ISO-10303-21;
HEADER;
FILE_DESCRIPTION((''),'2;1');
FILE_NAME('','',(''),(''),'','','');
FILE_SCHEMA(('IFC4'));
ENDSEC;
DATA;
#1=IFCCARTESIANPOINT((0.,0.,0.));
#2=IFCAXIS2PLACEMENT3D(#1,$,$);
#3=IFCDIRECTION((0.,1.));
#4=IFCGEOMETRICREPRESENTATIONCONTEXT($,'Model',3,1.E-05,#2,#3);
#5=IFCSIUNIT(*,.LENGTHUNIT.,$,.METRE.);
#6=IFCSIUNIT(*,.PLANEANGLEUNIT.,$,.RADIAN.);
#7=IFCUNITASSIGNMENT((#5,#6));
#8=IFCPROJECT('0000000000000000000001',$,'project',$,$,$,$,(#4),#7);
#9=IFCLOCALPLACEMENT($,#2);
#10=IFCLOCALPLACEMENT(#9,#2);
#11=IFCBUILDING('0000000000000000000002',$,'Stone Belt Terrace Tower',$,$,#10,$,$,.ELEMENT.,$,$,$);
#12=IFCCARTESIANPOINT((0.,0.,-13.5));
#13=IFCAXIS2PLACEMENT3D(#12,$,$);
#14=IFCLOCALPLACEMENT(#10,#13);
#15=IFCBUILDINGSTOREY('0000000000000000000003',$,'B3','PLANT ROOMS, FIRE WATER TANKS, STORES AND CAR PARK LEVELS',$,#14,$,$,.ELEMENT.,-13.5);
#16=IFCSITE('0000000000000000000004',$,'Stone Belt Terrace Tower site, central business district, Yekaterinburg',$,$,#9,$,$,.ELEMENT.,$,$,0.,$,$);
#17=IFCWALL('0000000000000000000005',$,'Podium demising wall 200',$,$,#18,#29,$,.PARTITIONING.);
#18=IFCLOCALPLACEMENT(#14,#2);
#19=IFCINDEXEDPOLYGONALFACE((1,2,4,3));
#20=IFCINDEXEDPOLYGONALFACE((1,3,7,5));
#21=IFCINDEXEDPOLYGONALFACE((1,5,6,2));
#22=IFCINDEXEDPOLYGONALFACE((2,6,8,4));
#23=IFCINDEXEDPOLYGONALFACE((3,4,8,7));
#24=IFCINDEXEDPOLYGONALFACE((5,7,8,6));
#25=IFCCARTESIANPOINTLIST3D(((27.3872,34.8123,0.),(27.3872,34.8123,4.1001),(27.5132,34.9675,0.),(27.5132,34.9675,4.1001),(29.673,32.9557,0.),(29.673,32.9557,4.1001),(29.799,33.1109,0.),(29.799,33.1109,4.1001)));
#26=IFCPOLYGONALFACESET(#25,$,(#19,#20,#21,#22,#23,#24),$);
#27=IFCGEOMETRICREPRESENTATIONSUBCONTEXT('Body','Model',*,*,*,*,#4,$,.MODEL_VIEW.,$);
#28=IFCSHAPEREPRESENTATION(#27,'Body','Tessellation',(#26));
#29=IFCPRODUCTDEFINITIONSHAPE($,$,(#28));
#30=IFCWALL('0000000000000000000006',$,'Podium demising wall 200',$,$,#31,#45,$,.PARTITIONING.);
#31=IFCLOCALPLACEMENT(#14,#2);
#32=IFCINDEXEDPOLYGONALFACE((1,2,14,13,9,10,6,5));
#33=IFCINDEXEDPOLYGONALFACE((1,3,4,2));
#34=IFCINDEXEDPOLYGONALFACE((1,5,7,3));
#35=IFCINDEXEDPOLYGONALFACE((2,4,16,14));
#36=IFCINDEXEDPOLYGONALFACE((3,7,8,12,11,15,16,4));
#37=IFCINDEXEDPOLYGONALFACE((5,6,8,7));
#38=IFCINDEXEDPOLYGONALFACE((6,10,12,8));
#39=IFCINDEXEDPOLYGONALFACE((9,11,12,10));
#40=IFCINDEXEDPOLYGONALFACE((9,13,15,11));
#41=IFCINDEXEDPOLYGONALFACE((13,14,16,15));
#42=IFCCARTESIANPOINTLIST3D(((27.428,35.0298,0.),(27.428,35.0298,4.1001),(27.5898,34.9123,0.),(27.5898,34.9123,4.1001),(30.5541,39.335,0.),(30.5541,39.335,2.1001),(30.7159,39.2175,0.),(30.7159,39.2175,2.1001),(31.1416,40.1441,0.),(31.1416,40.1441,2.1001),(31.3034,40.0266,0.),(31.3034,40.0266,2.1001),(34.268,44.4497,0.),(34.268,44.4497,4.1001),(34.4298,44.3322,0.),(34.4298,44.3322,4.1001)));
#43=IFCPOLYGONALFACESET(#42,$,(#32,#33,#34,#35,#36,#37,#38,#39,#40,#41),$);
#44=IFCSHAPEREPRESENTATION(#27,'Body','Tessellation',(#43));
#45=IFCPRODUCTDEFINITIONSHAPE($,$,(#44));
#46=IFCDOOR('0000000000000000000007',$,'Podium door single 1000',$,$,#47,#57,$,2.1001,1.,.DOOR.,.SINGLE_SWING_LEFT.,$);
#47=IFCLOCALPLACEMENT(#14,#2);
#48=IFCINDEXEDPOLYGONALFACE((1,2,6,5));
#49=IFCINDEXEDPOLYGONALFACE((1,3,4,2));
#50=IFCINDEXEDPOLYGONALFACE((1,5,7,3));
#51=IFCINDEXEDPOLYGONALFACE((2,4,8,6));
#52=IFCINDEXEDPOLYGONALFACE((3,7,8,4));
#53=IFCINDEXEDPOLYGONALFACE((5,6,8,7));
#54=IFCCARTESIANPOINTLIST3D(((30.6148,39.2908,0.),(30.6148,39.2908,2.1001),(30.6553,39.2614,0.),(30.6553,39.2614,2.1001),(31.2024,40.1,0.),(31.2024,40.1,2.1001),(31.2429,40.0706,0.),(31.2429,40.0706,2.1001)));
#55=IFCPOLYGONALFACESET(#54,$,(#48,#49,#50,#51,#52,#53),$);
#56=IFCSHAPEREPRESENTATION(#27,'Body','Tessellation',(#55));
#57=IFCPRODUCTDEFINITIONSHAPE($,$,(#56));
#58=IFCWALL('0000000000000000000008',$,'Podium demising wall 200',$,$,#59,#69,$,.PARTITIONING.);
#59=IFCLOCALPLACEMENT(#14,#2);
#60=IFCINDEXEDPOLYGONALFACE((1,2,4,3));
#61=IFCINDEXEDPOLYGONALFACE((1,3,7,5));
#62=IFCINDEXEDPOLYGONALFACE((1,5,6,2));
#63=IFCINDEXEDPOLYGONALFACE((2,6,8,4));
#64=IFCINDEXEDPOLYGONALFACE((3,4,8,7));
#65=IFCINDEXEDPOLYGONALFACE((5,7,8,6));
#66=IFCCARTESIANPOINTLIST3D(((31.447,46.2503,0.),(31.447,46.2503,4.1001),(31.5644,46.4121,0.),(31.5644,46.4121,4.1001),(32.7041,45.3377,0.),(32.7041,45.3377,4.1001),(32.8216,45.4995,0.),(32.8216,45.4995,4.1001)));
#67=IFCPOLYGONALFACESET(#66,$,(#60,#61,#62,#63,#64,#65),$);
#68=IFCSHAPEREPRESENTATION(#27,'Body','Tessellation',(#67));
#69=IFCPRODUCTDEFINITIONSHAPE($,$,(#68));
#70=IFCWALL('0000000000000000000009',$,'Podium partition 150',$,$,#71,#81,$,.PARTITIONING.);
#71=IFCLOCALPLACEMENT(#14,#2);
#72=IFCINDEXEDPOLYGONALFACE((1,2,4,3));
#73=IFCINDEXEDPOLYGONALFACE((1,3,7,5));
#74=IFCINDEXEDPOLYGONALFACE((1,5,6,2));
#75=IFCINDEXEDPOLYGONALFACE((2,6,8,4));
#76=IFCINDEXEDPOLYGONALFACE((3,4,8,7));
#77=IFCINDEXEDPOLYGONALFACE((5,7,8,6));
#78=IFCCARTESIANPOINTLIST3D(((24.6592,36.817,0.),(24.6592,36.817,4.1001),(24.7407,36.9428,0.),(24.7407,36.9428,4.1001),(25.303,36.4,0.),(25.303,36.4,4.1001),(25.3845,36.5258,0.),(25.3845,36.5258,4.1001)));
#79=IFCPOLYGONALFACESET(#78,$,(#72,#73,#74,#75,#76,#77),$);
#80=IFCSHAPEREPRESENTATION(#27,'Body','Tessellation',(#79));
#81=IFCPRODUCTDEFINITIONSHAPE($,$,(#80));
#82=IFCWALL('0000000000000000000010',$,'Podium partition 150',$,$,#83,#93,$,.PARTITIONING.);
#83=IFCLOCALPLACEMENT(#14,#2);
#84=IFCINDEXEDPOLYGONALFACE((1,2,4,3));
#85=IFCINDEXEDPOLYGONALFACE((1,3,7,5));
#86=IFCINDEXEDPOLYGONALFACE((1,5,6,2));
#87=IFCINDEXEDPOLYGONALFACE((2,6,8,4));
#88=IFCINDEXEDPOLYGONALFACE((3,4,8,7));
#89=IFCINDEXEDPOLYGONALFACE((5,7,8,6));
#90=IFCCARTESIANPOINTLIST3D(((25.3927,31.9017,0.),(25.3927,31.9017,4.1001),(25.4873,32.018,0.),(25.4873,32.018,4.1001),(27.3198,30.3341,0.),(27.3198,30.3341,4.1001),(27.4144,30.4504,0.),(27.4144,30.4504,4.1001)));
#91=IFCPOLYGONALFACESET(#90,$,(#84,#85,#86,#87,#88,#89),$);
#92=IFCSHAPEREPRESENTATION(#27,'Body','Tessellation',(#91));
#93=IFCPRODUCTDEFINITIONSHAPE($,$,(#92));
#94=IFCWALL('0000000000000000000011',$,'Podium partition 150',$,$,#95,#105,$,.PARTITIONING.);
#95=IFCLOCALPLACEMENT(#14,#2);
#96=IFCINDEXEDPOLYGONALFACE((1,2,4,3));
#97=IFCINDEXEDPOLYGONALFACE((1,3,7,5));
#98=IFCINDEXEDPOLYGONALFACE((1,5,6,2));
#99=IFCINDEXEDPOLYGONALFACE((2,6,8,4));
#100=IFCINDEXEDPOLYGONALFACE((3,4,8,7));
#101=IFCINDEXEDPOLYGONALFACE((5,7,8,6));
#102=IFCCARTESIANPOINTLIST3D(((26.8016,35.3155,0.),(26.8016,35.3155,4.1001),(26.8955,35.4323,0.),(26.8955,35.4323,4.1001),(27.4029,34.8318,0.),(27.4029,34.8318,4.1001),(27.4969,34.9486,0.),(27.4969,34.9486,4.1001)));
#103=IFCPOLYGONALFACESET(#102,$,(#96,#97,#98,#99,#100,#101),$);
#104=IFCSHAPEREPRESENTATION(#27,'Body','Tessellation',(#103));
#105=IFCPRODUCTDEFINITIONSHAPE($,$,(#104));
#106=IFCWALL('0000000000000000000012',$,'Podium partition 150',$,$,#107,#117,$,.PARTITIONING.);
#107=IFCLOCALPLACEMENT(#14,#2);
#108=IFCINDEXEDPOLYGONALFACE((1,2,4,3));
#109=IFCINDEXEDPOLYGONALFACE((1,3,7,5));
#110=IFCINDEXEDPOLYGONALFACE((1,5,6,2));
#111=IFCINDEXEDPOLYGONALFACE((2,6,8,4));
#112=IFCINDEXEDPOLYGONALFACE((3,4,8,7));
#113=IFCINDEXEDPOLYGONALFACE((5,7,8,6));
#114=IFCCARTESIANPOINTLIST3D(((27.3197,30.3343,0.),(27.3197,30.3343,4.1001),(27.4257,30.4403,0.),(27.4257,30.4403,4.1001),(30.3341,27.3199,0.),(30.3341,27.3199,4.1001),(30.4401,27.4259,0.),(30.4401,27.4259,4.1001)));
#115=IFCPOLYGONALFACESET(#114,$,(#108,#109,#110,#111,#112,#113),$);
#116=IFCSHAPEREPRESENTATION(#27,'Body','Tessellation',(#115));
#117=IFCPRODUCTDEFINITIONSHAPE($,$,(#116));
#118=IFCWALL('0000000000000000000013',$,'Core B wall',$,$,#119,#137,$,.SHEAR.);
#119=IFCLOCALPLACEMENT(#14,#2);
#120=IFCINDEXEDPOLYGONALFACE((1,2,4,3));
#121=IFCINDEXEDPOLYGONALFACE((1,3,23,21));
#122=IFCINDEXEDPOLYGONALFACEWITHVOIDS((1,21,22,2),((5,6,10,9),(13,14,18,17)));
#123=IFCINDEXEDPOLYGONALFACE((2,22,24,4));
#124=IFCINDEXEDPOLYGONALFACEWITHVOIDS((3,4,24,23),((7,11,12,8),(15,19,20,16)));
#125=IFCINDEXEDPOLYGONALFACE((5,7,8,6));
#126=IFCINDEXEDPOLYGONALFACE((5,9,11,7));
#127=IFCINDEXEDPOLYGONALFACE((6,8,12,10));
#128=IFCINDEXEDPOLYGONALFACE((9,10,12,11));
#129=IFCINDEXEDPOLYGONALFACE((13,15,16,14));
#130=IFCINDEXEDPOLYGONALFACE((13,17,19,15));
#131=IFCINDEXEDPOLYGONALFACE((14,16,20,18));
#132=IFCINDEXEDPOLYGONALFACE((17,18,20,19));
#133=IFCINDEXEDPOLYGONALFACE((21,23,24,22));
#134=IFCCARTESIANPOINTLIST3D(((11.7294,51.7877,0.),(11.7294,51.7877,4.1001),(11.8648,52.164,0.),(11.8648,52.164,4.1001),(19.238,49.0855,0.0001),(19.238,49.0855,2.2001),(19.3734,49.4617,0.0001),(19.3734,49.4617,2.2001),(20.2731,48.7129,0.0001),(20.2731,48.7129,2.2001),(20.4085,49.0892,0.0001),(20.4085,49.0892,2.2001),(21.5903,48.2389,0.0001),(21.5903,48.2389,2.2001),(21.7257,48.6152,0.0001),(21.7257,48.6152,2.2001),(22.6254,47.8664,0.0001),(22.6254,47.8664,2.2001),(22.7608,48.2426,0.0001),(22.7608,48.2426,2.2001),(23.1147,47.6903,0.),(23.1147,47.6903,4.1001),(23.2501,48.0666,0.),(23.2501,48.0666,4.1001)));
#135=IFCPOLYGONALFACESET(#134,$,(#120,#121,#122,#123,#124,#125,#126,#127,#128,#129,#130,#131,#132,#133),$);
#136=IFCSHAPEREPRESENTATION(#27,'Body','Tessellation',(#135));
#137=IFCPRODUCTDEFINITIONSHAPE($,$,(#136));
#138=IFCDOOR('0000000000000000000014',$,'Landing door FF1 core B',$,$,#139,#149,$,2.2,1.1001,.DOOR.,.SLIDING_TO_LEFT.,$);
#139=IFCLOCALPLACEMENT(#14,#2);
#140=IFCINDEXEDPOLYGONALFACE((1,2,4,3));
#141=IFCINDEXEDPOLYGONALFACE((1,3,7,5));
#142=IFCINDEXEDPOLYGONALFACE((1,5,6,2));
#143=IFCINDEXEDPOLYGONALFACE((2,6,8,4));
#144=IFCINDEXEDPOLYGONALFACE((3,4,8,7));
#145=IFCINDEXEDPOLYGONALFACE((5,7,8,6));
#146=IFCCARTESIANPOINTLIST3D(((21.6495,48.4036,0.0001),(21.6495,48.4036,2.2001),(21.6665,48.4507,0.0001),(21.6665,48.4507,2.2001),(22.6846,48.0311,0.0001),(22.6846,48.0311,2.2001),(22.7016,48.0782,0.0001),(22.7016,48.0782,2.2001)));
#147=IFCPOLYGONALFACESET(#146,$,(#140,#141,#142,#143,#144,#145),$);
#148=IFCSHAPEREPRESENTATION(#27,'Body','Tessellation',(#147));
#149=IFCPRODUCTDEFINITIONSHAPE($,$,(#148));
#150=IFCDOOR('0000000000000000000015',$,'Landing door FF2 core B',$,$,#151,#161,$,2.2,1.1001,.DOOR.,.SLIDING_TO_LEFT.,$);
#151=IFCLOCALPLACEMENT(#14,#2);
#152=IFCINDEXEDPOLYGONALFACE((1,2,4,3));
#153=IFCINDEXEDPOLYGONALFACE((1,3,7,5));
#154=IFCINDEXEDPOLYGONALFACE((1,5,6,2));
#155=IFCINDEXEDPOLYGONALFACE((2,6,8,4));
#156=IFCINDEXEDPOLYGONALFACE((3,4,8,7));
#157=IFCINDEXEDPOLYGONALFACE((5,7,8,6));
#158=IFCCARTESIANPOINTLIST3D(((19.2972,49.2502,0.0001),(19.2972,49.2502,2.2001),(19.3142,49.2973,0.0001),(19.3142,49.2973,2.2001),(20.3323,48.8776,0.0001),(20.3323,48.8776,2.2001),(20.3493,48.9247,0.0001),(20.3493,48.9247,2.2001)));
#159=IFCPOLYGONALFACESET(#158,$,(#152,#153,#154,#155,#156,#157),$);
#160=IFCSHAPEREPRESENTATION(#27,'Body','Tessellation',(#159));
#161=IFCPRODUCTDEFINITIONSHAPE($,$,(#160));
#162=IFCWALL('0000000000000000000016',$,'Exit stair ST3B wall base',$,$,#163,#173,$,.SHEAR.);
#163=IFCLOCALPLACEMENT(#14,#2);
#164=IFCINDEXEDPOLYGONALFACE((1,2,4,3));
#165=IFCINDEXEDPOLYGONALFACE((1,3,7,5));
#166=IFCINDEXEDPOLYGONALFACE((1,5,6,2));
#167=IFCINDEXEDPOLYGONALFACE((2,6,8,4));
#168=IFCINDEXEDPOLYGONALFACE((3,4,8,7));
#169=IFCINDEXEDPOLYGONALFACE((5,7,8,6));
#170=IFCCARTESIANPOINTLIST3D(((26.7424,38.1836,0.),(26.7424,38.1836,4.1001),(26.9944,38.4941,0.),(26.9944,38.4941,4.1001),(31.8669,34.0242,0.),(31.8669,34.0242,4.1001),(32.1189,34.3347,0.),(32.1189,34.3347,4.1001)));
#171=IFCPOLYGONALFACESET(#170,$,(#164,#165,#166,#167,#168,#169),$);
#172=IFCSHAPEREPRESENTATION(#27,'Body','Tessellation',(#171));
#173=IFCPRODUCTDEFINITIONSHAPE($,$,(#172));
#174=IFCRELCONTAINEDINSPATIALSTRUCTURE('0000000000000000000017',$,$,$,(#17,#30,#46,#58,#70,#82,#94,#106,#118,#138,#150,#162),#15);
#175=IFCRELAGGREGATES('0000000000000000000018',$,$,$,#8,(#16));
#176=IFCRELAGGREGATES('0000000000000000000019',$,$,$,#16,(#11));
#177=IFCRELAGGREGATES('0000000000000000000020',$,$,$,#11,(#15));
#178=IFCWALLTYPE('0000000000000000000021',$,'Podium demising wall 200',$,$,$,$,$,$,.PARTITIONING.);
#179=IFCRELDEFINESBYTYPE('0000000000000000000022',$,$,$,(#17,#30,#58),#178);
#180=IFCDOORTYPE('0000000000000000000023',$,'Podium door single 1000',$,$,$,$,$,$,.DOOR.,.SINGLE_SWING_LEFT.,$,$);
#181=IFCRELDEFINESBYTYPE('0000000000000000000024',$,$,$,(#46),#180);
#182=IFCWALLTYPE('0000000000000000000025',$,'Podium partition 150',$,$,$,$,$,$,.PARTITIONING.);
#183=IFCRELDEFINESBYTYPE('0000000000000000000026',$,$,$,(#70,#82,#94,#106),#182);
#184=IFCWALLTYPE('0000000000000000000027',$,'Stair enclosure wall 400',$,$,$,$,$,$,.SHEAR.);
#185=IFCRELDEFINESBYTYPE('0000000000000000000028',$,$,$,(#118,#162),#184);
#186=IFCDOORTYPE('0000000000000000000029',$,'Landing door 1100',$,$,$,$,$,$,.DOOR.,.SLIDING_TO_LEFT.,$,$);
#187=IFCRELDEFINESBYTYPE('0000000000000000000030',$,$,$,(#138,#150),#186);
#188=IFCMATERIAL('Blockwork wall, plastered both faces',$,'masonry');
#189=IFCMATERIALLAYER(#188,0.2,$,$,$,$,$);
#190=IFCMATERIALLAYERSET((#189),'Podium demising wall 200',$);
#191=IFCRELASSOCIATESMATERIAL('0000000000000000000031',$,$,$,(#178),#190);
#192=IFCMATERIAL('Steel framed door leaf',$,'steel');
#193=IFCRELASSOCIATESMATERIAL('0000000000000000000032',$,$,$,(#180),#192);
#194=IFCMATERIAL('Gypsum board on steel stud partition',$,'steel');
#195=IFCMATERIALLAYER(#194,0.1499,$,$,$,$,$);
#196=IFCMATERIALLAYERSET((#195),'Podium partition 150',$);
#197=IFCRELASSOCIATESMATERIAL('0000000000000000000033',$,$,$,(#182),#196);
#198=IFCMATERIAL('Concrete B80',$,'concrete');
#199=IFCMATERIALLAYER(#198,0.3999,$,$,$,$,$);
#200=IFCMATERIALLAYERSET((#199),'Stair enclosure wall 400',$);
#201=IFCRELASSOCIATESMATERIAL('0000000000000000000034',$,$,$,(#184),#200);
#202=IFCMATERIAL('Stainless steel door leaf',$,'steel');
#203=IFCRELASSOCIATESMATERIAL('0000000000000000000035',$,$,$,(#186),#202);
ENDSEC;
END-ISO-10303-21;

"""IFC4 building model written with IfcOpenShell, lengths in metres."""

from ifc_helpers import new_model, si_unit, direction, frame, frame_2d, origin, place, context, subcontext, project, spatial, rectangle, extrude, material, layer, layer_set, type_object, element, fill, save


model = new_model("IFC4")

# Units and contexts
model_context = context("Model", 3, precision=1e-05, world=origin(), true_north=direction((0.0, 1.0)))
body_context = subcontext(model_context, "Body", "Model", "MODEL_VIEW")
ifc_project = project(units=[si_unit("LENGTHUNIT", "METRE"), si_unit("PLANEANGLEUNIT", "RADIAN")], contexts=[model_context])

# Site, building, storey
site_placement = place(None, origin())
site = spatial("IfcSite", under=ifc_project, at=site_placement, Name="Stone Belt Terrace Tower site, central business district, Yekaterinburg", CompositionType="ELEMENT", RefElevation=0.0)
building_placement = place(site_placement, origin())
building = spatial("IfcBuilding", under=site, at=building_placement, Name="Stone Belt Terrace Tower", CompositionType="ELEMENT")
storey_placement = place(building_placement, frame((0.0, 0.0, -13.5)))
storey = spatial("IfcBuildingStorey", under=building, at=storey_placement, Name="B3", Description="PLANT ROOMS, FIRE WATER TANKS, STORES AND CAR PARK LEVELS", CompositionType="ELEMENT", Elevation=-13.5)

# Shared definitions
ifc_material_1 = material(Name="Concrete B80", Category="concrete")

# Wall
ifc_material_2 = material(Name="Blockwork wall, plastered both faces", Category="masonry")
ifc_layer_1 = layer(ifc_material_2, 0.2)
ifc_layer_set_1 = layer_set([ifc_layer_1], Name="Podium demising wall 200")
wall_type_1 = type_object("IfcWallType", Name="Podium demising wall 200", PredefinedType="PARTITIONING", material=ifc_layer_set_1)
wall_1_placement = place(storey_placement, frame((27.4502, 34.8899, 0.0), z_axis=(0.0, 0.0, 1.0), x_axis=(0.776213, -0.630471, 0.0)))
element("IfcWall", 1, at=wall_1_placement, inside=storey, type_object=wall_type_1, Name="Podium demising wall 200", PredefinedType="PARTITIONING", context=body_context, shape_type="SweptSolid", body=[
    extrude(rectangle(XDim=2.9448, YDim=0.2, at=frame_2d((1.4724, 0.0))), origin(), (0.0, 0.0, 1.0), 4.1001),
])

# Wall, opening, door
wall_2_placement = place(storey_placement, frame((27.5088, 34.9709, 0.0), z_axis=(0.0, 0.0, 1.0), x_axis=(0.587567, 0.809176, 0.0)))
wall_2 = element("IfcWall", 2, at=wall_2_placement, inside=storey, type_object=wall_type_1, Name="Podium demising wall 200", PredefinedType="PARTITIONING", context=body_context, shape_type="SweptSolid", body=[
    extrude(rectangle(XDim=11.6414, YDim=0.2, at=frame_2d((5.8208, 0.0))), origin(), (0.0, 0.0, 1.0), 4.1001),
])
opening_1_placement = place(wall_2_placement, frame((5.3206, 0.0, 0.0)))
opening_1 = element("IfcOpeningElement", 3, at=opening_1_placement, cuts=wall_2, PredefinedType="OPENING", context=body_context, shape_type="SweptSolid", body=[
    extrude(rectangle(XDim=1.0, YDim=2.1001, at=frame_2d((0.5, 1.05))), frame((0.0, 0.1099, 0.0), z_axis=(0.0, -1.0, 0.0), x_axis=(1.0, 0.0, 0.0)), (0.0, 0.0, 1.0), 0.22),
])
ifc_material_3 = material(Name="Steel framed door leaf", Category="steel")
door_type_1 = type_object("IfcDoorType", Name="Podium door single 1000", OperationType="SINGLE_SWING_LEFT", PredefinedType="DOOR", material=ifc_material_3)
door_1_placement = place(opening_1_placement, origin())
door_1 = element("IfcDoor", 4, at=door_1_placement, inside=storey, type_object=door_type_1, Name="Podium door single 1000", OperationType="SINGLE_SWING_LEFT", OverallHeight=2.1001, OverallWidth=1.0, PredefinedType="DOOR", context=body_context, shape_type="SweptSolid", body=[
    extrude(rectangle(XDim=1.0, YDim=2.1001, at=frame_2d((0.5, 1.05))), frame((0.0, 0.0249, 0.0), z_axis=(0.0, -1.0, 0.0), x_axis=(1.0, 0.0, 0.0)), (0.0, 0.0, 1.0), 0.05),
])
fill(opening_1, door_1)

# Walls
wall_3_placement = place(storey_placement, frame((31.5056, 46.3313, 0.0), z_axis=(0.0, 0.0, 1.0), x_axis=(0.809239, -0.58748, 0.0)))
element("IfcWall", 5, at=wall_3_placement, inside=storey, type_object=wall_type_1, Name="Podium demising wall 200", PredefinedType="PARTITIONING", context=body_context, shape_type="SweptSolid", body=[
    extrude(rectangle(XDim=1.5535, YDim=0.2, at=frame_2d((0.7769, 0.0))), origin(), (0.0, 0.0, 1.0), 4.1001),
])
ifc_material_4 = material(Name="Gypsum board on steel stud partition", Category="steel")
ifc_layer_2 = layer(ifc_material_4, 0.1499)
ifc_layer_set_2 = layer_set([ifc_layer_2], Name="Podium partition 150")
wall_type_2 = type_object("IfcWallType", Name="Podium partition 150", PredefinedType="PARTITIONING", material=ifc_layer_set_2)
wall_4_placement = place(storey_placement, frame((24.7, 36.8799, 0.0), z_axis=(0.0, 0.0, 1.0), x_axis=(0.839322, -0.543634, 0.0)))
element("IfcWall", 6, at=wall_4_placement, inside=storey, type_object=wall_type_2, Name="Podium partition 150", PredefinedType="PARTITIONING", context=body_context, shape_type="SweptSolid", body=[
    extrude(rectangle(XDim=0.7671, YDim=0.1499, at=frame_2d((0.3835, 0.0))), origin(), (0.0, 0.0, 1.0), 4.1001),
])
wall_5_placement = place(storey_placement, frame((25.4399, 31.96, 0.0), z_axis=(0.0, 0.0, 1.0), x_axis=(0.775732, -0.631062, 0.0)))
element("IfcWall", 7, at=wall_5_placement, inside=storey, type_object=wall_type_2, Name="Podium partition 150", PredefinedType="PARTITIONING", context=body_context, shape_type="SweptSolid", body=[
    extrude(rectangle(XDim=2.4841, YDim=0.1499, at=frame_2d((1.2422, 0.0))), origin(), (0.0, 0.0, 1.0), 4.1001),
])
wall_6_placement = place(storey_placement, frame((26.8486, 35.3738, 0.0), z_axis=(0.0, 0.0, 1.0), x_axis=(0.77923, -0.626738, 0.0)))
element("IfcWall", 8, at=wall_6_placement, inside=storey, type_object=wall_type_2, Name="Podium partition 150", PredefinedType="PARTITIONING", context=body_context, shape_type="SweptSolid", body=[
    extrude(rectangle(XDim=0.7717, YDim=0.1499, at=frame_2d((0.3857, 0.0))), origin(), (0.0, 0.0, 1.0), 4.1001),
])
wall_7_placement = place(storey_placement, frame((27.3728, 30.3872, 0.0), z_axis=(0.0, 0.0, 1.0), x_axis=(0.707107, -0.707107, 0.0)))
element("IfcWall", 9, at=wall_7_placement, inside=storey, type_object=wall_type_2, Name="Podium partition 150", PredefinedType="PARTITIONING", context=body_context, shape_type="SweptSolid", body=[
    extrude(rectangle(XDim=4.2629, YDim=0.1499, at=frame_2d((2.1313, 0.0))), origin(), (0.0, 0.0, 1.0), 4.1001),
])

# Wall, openings, doors
ifc_layer_3 = layer(ifc_material_1, 0.3999)
ifc_layer_set_3 = layer_set([ifc_layer_3], Name="Stair enclosure wall 400")
wall_type_3 = type_object("IfcWallType", Name="Stair enclosure wall 400", PredefinedType="SHEAR", material=ifc_layer_set_3)
wall_8_placement = place(storey_placement, frame((23.1824, 47.8784, 0.0), z_axis=(0.0, 0.0, 1.0), x_axis=(-0.940921, 0.338626, 0.0)))
wall_8 = element("IfcWall", 10, at=wall_8_placement, inside=storey, type_object=wall_type_3, Name="Core B wall", PredefinedType="SHEAR", context=body_context, shape_type="SweptSolid", body=[
    extrude(rectangle(XDim=12.1001, YDim=0.3999, at=frame_2d((6.05, 0.0))), origin(), (0.0, 0.0, 1.0), 4.1001),
])
opening_2_placement = place(wall_8_placement, frame((0.52, 0.0, 0.0)))
opening_2 = element("IfcOpeningElement", 11, at=opening_2_placement, cuts=wall_8, PredefinedType="OPENING", context=body_context, shape_type="SweptSolid", body=[
    extrude(rectangle(XDim=1.1001, YDim=2.2, at=frame_2d((0.55, 1.1001))), frame((0.0, 0.21, 0.0), z_axis=(0.0, -1.0, 0.0), x_axis=(1.0, 0.0, 0.0)), (0.0, 0.0, 1.0), 0.4199),
])
opening_3_placement = place(wall_8_placement, frame((3.02, 0.0, 0.0)))
opening_3 = element("IfcOpeningElement", 12, at=opening_3_placement, cuts=wall_8, PredefinedType="OPENING", context=body_context, shape_type="SweptSolid", body=[
    extrude(rectangle(XDim=1.1001, YDim=2.2, at=frame_2d((0.55, 1.1001))), frame((0.0, 0.21, 0.0), z_axis=(0.0, -1.0, 0.0), x_axis=(1.0, 0.0, 0.0)), (0.0, 0.0, 1.0), 0.4199),
])
ifc_material_5 = material(Name="Stainless steel door leaf", Category="steel")
door_type_2 = type_object("IfcDoorType", Name="Landing door 1100", OperationType="SLIDING_TO_LEFT", PredefinedType="DOOR", material=ifc_material_5)
door_2_placement = place(opening_2_placement, origin())
door_2 = element("IfcDoor", 13, at=door_2_placement, inside=storey, type_object=door_type_2, Name="Landing door FF1 core B", OperationType="SLIDING_TO_LEFT", OverallHeight=2.2, OverallWidth=1.1001, PredefinedType="DOOR", context=body_context, shape_type="SweptSolid", body=[
    extrude(rectangle(XDim=1.1001, YDim=2.2, at=frame_2d((0.55, 1.1001))), frame((0.0, 0.0249, 0.0), z_axis=(0.0, -1.0, 0.0), x_axis=(1.0, 0.0, 0.0)), (0.0, 0.0, 1.0), 0.05),
])
fill(opening_2, door_2)
door_3_placement = place(opening_3_placement, origin())
door_3 = element("IfcDoor", 14, at=door_3_placement, inside=storey, type_object=door_type_2, Name="Landing door FF2 core B", OperationType="SLIDING_TO_LEFT", OverallHeight=2.2, OverallWidth=1.1001, PredefinedType="DOOR", context=body_context, shape_type="SweptSolid", body=[
    extrude(rectangle(XDim=1.1001, YDim=2.2, at=frame_2d((0.55, 1.1001))), frame((0.0, 0.0249, 0.0), z_axis=(0.0, -1.0, 0.0), x_axis=(1.0, 0.0, 0.0)), (0.0, 0.0, 1.0), 0.05),
])
fill(opening_3, door_3)

# Wall
wall_9_placement = place(storey_placement, frame((26.8684, 38.3389, 0.0), z_axis=(0.0, 0.0, 1.0), x_axis=(0.776428, -0.630205, 0.0)))
element("IfcWall", 15, at=wall_9_placement, inside=storey, type_object=wall_type_3, Name="Exit stair ST3B wall base", PredefinedType="SHEAR", context=body_context, shape_type="SweptSolid", body=[
    extrude(rectangle(XDim=6.6001, YDim=0.3999, at=frame_2d((3.3, 0.0))), origin(), (0.0, 0.0, 1.0), 4.1001),
])

save(model, "model.ifc")
